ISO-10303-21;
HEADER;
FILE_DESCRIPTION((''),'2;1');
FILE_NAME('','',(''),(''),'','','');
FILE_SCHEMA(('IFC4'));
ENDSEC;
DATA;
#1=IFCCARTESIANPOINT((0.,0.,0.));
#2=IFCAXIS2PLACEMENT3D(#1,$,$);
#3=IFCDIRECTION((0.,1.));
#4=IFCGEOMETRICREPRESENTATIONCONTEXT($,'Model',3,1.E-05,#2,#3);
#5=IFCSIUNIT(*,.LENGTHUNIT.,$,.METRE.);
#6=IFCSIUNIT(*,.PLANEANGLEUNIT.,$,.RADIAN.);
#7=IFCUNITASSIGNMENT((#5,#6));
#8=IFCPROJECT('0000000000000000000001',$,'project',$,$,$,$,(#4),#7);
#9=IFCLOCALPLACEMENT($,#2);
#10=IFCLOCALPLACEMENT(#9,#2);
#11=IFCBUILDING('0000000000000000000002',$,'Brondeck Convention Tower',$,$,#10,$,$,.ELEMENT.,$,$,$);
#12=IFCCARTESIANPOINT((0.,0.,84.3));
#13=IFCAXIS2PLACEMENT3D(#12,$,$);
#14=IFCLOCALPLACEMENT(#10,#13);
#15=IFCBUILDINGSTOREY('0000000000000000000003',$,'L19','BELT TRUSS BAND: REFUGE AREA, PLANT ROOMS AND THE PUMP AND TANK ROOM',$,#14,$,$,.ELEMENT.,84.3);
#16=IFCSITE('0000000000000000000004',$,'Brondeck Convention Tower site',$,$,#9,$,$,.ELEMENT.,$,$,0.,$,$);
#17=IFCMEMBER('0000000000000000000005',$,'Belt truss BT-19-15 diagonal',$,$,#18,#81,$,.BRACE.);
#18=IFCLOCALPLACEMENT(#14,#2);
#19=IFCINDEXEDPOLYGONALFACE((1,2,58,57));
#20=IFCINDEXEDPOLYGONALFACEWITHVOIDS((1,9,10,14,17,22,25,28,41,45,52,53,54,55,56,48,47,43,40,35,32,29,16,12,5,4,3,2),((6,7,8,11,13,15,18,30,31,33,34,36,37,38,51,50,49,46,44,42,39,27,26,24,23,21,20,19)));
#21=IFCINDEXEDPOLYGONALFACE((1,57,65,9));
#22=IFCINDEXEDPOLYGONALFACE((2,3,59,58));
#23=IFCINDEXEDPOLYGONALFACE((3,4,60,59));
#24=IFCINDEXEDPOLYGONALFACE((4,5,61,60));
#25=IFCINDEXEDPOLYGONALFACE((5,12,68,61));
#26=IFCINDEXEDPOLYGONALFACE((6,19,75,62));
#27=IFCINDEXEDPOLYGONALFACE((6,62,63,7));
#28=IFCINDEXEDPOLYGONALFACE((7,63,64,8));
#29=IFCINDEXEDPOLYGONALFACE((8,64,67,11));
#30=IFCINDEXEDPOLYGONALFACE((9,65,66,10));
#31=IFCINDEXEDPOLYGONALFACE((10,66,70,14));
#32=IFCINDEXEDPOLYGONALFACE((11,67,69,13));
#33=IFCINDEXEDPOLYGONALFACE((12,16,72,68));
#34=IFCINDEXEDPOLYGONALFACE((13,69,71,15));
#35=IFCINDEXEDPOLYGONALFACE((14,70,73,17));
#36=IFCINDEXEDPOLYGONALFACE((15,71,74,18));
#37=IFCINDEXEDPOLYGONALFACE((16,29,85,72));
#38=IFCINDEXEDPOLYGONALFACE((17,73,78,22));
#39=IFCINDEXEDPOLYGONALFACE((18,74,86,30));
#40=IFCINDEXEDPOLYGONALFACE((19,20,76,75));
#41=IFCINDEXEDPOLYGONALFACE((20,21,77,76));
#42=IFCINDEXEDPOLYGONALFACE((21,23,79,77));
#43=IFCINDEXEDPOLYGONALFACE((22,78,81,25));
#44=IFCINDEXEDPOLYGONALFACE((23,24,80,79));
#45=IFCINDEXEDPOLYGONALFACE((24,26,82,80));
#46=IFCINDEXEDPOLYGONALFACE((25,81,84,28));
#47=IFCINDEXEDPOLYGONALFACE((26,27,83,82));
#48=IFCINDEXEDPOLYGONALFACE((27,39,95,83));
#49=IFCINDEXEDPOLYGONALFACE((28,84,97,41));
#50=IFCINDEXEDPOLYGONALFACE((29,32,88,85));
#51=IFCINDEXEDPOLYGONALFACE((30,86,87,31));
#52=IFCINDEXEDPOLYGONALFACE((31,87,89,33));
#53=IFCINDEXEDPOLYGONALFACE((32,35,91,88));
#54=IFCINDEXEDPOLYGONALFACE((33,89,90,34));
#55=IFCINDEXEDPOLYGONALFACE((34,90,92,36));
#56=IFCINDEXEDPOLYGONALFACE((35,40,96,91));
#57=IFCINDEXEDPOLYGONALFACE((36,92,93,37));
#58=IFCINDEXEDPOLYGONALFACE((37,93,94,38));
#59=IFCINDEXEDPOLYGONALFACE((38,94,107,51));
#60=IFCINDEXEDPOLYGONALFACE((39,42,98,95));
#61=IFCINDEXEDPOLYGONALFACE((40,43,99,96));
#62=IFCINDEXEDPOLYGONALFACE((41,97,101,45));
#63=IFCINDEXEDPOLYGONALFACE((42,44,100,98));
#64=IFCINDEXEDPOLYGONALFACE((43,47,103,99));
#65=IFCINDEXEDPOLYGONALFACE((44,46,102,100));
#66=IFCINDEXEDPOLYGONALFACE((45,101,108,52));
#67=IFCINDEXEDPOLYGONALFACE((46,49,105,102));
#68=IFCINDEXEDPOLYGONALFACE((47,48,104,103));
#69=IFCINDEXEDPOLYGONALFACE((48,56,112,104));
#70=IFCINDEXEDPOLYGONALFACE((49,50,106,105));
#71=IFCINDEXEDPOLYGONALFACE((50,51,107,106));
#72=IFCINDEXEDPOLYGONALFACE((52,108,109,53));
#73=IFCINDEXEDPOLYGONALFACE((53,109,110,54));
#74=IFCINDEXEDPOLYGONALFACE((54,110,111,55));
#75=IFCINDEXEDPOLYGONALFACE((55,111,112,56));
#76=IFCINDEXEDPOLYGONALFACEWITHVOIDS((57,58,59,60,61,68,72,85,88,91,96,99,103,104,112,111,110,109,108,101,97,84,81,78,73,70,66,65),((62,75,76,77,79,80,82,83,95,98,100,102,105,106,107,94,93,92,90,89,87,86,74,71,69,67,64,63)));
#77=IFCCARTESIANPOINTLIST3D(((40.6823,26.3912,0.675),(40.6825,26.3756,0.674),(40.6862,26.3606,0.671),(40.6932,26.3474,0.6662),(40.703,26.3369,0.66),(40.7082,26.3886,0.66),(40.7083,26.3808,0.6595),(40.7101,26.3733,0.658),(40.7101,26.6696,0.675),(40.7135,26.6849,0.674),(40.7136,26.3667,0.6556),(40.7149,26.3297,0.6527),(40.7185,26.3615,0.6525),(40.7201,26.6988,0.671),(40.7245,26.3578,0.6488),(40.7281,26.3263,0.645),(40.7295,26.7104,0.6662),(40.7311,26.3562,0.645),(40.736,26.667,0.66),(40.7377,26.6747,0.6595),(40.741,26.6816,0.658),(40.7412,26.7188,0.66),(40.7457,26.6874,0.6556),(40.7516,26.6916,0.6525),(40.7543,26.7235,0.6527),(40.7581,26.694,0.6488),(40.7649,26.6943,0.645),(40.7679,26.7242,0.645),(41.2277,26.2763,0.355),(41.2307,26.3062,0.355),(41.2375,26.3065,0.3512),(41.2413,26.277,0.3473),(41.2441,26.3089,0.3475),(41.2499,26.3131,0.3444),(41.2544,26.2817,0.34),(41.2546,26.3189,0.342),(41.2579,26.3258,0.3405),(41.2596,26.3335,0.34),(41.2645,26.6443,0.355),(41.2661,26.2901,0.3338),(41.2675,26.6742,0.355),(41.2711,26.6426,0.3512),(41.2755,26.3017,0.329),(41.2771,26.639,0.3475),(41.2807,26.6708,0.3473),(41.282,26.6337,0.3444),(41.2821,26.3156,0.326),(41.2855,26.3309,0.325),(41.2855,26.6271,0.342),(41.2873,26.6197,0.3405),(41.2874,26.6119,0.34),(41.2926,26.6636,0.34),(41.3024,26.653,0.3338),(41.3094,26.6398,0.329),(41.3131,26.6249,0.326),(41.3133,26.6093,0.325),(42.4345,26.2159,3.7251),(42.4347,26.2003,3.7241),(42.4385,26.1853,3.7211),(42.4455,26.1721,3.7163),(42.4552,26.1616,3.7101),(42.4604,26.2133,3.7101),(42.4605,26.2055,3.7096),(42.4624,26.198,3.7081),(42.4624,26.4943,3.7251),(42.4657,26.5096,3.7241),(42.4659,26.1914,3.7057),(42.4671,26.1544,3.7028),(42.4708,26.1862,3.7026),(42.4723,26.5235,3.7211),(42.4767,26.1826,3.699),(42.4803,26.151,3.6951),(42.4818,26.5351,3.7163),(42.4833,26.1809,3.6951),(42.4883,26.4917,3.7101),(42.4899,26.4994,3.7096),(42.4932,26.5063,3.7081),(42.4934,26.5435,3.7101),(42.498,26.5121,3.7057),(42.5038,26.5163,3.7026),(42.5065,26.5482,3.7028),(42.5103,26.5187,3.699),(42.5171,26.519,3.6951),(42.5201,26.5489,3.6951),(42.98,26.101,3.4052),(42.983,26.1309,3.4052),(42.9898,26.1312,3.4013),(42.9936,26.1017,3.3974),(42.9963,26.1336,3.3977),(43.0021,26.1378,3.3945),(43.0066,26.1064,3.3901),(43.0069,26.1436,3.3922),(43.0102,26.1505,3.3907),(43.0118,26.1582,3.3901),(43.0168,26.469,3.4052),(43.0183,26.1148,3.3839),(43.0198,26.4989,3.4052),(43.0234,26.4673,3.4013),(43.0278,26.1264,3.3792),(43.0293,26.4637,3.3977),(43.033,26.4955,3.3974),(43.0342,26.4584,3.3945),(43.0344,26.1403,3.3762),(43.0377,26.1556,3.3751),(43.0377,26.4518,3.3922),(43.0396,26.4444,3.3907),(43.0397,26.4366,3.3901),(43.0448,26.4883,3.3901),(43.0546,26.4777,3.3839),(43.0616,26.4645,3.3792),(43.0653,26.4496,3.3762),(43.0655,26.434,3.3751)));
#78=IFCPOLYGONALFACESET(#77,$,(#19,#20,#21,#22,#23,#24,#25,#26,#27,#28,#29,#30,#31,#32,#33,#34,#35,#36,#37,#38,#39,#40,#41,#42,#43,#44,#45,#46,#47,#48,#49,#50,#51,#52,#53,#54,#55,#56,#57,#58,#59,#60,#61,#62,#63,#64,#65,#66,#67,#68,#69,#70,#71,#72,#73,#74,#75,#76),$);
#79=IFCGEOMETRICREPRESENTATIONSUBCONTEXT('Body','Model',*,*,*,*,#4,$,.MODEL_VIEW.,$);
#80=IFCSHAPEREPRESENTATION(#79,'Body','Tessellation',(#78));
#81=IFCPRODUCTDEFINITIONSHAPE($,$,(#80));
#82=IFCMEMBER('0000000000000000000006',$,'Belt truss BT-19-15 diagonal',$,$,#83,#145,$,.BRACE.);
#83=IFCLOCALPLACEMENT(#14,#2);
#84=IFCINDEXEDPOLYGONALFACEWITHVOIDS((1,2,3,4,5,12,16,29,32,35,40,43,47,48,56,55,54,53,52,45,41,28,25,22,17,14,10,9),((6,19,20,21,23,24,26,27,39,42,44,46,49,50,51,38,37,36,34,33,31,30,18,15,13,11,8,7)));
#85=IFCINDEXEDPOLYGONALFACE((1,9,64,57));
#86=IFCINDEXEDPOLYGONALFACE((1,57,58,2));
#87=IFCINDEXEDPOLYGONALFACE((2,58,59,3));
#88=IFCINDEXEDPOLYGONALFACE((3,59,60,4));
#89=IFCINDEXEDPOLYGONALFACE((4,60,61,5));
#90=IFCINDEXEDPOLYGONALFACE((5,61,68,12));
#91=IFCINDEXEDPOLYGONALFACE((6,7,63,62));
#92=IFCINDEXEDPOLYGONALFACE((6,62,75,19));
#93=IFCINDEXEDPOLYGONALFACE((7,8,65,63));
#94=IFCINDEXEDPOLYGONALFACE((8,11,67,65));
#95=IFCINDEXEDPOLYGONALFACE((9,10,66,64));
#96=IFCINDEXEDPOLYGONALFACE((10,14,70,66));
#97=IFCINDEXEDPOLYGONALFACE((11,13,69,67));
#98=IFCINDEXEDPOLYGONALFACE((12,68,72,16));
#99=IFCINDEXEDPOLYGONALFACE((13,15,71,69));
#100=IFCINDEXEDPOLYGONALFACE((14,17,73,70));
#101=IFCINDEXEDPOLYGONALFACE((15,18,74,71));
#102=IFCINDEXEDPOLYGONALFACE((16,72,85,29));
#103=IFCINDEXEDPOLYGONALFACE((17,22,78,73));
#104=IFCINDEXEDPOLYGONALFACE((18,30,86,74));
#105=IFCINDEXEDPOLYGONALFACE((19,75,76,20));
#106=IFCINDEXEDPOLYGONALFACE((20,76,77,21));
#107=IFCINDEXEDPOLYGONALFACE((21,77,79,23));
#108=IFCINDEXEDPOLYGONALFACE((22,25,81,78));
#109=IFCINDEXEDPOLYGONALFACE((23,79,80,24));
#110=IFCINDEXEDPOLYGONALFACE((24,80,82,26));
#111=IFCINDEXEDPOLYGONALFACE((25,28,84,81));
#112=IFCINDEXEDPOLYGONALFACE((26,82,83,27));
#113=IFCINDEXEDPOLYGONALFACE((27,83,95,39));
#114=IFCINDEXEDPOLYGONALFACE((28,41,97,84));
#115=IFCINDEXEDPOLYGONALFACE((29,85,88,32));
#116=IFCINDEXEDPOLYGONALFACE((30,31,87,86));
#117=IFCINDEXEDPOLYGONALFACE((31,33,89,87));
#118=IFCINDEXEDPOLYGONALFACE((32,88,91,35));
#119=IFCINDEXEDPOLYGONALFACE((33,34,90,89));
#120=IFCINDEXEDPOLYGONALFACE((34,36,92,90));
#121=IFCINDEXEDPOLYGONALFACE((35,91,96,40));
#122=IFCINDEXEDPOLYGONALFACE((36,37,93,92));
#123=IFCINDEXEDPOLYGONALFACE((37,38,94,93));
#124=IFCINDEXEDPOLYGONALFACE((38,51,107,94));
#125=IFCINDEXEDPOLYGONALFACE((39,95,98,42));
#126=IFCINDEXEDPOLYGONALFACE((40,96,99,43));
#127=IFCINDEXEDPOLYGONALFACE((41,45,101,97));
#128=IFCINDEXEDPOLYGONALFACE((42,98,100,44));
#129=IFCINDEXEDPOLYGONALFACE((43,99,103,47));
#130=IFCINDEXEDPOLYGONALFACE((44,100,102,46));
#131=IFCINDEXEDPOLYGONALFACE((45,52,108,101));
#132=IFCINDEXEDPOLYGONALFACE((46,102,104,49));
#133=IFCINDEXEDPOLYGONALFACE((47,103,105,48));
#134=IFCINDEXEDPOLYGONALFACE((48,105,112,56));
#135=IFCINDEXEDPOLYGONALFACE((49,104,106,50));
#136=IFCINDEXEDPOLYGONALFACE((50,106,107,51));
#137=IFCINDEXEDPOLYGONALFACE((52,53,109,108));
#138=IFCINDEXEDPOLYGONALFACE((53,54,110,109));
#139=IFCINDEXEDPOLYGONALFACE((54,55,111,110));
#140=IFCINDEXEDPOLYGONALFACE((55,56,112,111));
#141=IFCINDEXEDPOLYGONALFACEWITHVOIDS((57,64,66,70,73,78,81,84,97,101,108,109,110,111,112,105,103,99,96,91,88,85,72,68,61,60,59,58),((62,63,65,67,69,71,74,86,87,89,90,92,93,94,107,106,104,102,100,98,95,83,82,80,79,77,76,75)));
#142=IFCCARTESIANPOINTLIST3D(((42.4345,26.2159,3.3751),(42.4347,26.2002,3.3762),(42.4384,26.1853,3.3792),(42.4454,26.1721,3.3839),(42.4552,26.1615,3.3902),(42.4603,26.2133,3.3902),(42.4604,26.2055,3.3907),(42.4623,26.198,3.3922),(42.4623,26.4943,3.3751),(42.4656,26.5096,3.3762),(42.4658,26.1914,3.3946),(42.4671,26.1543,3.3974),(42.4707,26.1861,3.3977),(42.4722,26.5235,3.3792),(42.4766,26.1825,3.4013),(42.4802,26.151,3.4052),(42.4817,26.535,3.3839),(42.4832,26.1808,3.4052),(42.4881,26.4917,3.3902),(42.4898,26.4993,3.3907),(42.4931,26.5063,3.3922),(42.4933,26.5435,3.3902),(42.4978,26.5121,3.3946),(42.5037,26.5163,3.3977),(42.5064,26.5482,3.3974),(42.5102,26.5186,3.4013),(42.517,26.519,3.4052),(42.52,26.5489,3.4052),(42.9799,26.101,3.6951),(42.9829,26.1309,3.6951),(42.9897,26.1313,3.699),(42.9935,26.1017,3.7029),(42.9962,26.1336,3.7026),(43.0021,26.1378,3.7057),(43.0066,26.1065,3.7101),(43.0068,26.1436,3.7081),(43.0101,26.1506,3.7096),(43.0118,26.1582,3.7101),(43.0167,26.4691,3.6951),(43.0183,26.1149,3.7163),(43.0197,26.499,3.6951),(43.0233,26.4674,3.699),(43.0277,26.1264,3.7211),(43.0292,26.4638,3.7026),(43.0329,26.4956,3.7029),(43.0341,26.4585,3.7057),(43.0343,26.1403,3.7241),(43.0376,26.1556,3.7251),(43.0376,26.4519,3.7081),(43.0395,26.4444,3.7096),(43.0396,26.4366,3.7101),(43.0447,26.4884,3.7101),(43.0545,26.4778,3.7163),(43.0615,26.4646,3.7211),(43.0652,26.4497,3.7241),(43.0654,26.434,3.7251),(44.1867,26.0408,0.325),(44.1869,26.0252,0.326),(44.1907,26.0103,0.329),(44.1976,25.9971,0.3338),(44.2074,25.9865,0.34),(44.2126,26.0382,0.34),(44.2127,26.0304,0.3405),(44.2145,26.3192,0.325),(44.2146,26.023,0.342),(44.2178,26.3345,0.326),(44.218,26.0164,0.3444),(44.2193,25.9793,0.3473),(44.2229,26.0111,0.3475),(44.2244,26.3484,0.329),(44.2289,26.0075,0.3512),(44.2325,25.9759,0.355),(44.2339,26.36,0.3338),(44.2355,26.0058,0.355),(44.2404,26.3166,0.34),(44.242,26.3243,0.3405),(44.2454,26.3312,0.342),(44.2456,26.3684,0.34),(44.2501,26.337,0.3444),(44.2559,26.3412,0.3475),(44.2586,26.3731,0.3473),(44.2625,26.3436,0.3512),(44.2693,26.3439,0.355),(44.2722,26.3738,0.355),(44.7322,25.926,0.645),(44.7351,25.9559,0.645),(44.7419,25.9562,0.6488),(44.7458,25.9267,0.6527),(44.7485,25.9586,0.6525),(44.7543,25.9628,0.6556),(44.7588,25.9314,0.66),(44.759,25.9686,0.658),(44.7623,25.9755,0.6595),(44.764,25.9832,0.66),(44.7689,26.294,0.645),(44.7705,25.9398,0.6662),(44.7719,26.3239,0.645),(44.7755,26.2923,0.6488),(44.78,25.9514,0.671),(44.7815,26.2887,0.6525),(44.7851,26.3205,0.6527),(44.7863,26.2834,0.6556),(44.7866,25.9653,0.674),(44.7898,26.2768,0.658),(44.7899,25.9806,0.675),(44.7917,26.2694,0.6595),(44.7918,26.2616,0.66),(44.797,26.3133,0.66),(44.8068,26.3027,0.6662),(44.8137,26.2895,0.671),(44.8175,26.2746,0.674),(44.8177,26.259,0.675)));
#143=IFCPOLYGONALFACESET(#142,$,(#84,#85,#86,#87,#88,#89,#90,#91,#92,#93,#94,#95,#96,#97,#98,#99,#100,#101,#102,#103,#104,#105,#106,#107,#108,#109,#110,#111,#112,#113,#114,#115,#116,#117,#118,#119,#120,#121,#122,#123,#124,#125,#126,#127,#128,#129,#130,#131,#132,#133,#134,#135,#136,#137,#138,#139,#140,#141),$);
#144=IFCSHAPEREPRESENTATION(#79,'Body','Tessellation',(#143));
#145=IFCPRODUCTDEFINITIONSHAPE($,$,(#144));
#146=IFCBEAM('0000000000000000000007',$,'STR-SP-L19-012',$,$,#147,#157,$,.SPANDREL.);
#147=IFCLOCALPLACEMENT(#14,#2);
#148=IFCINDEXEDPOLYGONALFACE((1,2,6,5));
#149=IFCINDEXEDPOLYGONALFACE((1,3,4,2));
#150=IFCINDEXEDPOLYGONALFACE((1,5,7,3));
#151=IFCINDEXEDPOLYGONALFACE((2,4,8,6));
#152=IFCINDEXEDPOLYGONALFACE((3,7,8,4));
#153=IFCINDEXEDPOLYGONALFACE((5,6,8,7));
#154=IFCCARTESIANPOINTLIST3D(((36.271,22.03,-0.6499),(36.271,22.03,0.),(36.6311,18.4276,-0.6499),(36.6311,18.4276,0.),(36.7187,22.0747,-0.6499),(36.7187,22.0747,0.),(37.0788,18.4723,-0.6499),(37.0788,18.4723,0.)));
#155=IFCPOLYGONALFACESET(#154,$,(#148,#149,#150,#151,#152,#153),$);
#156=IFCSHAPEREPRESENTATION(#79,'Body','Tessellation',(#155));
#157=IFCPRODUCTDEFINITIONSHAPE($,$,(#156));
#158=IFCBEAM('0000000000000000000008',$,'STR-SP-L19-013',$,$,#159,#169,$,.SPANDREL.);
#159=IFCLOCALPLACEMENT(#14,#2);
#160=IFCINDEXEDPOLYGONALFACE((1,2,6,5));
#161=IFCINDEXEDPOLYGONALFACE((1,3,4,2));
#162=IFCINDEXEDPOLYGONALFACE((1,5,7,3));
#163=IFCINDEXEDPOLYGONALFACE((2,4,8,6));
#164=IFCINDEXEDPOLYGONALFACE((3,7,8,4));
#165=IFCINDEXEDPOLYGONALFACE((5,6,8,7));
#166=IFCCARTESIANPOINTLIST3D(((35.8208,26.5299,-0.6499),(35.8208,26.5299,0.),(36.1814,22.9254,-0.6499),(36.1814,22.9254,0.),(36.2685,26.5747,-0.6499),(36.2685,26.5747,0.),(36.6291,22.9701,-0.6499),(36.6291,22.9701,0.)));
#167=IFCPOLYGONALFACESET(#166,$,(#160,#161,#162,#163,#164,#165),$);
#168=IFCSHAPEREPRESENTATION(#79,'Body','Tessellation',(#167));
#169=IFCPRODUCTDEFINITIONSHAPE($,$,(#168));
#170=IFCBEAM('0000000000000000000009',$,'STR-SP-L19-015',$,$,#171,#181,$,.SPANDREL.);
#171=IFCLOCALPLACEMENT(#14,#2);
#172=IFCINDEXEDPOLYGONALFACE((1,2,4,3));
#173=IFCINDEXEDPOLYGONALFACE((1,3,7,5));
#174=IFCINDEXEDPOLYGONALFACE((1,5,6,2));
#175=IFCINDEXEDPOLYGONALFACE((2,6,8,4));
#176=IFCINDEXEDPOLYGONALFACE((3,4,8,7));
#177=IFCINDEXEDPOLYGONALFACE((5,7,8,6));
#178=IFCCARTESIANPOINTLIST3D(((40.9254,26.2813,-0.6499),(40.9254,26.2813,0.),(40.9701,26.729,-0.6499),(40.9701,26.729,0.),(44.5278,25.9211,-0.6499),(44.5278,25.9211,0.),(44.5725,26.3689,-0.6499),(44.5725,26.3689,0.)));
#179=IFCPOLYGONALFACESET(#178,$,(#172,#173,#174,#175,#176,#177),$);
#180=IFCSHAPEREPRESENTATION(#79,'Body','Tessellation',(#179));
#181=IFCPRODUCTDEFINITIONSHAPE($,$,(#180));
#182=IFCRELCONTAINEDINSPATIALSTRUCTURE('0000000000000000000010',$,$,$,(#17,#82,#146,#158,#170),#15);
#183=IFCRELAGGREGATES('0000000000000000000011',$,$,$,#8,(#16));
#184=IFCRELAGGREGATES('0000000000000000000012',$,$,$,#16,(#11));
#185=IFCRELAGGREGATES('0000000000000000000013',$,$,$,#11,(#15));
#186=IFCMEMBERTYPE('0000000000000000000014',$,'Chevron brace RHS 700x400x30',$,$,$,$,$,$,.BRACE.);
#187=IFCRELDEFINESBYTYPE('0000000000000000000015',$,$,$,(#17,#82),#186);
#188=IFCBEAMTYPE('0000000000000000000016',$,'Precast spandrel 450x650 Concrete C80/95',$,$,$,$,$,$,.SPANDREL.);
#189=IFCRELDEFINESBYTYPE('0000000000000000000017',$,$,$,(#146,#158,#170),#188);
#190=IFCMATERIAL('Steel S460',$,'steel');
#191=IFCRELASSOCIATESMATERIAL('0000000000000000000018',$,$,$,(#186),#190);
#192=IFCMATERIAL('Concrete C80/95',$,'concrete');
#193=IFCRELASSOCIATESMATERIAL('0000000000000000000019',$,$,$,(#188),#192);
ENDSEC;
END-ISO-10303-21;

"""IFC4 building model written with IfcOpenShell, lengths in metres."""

from ifc_helpers import new_model, si_unit, direction, frame, origin, origin_2d, place, context, subcontext, project, spatial, rectangle, hollow_rectangle, extrude, material, material_profile, profile_set, type_object, element, save


model = new_model("IFC4")

# Units and contexts
model_context = context("Model", 3, precision=1e-05, world=origin(), true_north=direction((0.0, 1.0)))
body_context = subcontext(model_context, "Body", "Model", "MODEL_VIEW")
ifc_project = project(units=[si_unit("LENGTHUNIT", "METRE"), si_unit("PLANEANGLEUNIT", "RADIAN")], contexts=[model_context])

# Site, building, storey
site_placement = place(None, origin())
site = spatial("IfcSite", under=ifc_project, at=site_placement, Name="Brondeck Convention Tower site", CompositionType="ELEMENT", RefElevation=0.0)
building_placement = place(site_placement, origin())
building = spatial("IfcBuilding", under=site, at=building_placement, Name="Brondeck Convention Tower", CompositionType="ELEMENT")
storey_placement = place(building_placement, frame((0.0, 0.0, 84.3)))
storey = spatial("IfcBuildingStorey", under=building, at=storey_placement, Name="L19", Description="BELT TRUSS BAND: REFUGE AREA, PLANT ROOMS AND THE PUMP AND TANK ROOM", CompositionType="ELEMENT", Elevation=84.3)

# Shared definitions
ifc_material_1 = material(Name="Concrete C80/95", Category="concrete")

# Members
ifc_material_2 = material(Name="Steel S460", Category="steel")
ifc_material_profile_1 = material_profile(ifc_material_2, hollow_rectangle(XDim=0.3999, YDim=0.7, WallThickness=0.03, InnerFilletRadius=0.03, OuterFilletRadius=0.0601, at=origin_2d()), Name="RHS 700x400x30")
ifc_profile_set_1 = profile_set([ifc_material_profile_1], Name="Steel S460")
member_type_1 = type_object("IfcMemberType", Name="Chevron brace RHS 700x400x30", PredefinedType="BRACE", material=ifc_profile_set_1)
for number, where, z_axis, x_axis, name in (
    (1, (40.9978, 26.5002, 0.5), (0.497516, -0.049772, 0.866026), (0.099545, 0.995033, 0.0), "Belt truss BT-19-15 diagonal"),
    (2, (44.5022, 26.1499, 0.5), (-0.497518, 0.049703, 0.866029), (-0.099408, -0.995047, 0.0), "Belt truss BT-19-15 diagonal"),
):
    element("IfcMember", number, at=place(storey_placement, frame(where, z_axis=z_axis, x_axis=x_axis)), inside=storey, type_object=member_type_1, Name=name, PredefinedType="BRACE", context=body_context, shape_type="SweptSolid", body=[
        extrude(hollow_rectangle(XDim=0.3999, YDim=0.7, WallThickness=0.03, InnerFilletRadius=0.03, OuterFilletRadius=0.0601, at=origin_2d()), origin(), (0.0, 0.0, 1.0), 3.522),
    ])

# Beams
ifc_material_profile_2 = material_profile(ifc_material_1, rectangle(XDim=0.45, YDim=0.6499, at=origin_2d()), Name="Precast spandrel 450x650 Concrete C80/95")
ifc_profile_set_2 = profile_set([ifc_material_profile_2], Name="Concrete C80/95")
beam_type = type_object("IfcBeamType", Name="Precast spandrel 450x650 Concrete C80/95", PredefinedType="SPANDREL", material=ifc_profile_set_2)
beam_1_placement = place(storey_placement, frame((36.855, 18.45, -0.325), z_axis=(-0.09947, 0.995041, 0.0), x_axis=(-0.995041, -0.09947, 0.0)))
element("IfcBeam", 3, at=beam_1_placement, inside=storey, type_object=beam_type, Name="STR-SP-L19-012", PredefinedType="SPANDREL", context=body_context, shape_type="SweptSolid", body=[
    extrude(rectangle(XDim=0.45, YDim=0.6499, at=origin_2d()), origin(), (0.0, 0.0, 1.0), 3.6204),
])
beam_2_placement = place(storey_placement, frame((36.4053, 22.9478, -0.325), z_axis=(-0.099544, 0.995033, 0.0), x_axis=(-0.995033, -0.099544, 0.0)))
element("IfcBeam", 4, at=beam_2_placement, inside=storey, type_object=beam_type, Name="STR-SP-L19-013", PredefinedType="SPANDREL", context=body_context, shape_type="SweptSolid", body=[
    extrude(rectangle(XDim=0.45, YDim=0.6499, at=origin_2d()), origin(), (0.0, 0.0, 1.0), 3.6226),
])
beam_3_placement = place(storey_placement, frame((40.9478, 26.5051, -0.325), z_axis=(0.995041, -0.09947, 0.0), x_axis=(0.09947, 0.995041, 0.0)))
element("IfcBeam", 5, at=beam_3_placement, inside=storey, type_object=beam_type, Name="STR-SP-L19-015", PredefinedType="SPANDREL", context=body_context, shape_type="SweptSolid", body=[
    extrude(rectangle(XDim=0.45, YDim=0.6499, at=origin_2d()), origin(), (0.0, 0.0, 1.0), 3.6204),
])

save(model, "model.ifc")
